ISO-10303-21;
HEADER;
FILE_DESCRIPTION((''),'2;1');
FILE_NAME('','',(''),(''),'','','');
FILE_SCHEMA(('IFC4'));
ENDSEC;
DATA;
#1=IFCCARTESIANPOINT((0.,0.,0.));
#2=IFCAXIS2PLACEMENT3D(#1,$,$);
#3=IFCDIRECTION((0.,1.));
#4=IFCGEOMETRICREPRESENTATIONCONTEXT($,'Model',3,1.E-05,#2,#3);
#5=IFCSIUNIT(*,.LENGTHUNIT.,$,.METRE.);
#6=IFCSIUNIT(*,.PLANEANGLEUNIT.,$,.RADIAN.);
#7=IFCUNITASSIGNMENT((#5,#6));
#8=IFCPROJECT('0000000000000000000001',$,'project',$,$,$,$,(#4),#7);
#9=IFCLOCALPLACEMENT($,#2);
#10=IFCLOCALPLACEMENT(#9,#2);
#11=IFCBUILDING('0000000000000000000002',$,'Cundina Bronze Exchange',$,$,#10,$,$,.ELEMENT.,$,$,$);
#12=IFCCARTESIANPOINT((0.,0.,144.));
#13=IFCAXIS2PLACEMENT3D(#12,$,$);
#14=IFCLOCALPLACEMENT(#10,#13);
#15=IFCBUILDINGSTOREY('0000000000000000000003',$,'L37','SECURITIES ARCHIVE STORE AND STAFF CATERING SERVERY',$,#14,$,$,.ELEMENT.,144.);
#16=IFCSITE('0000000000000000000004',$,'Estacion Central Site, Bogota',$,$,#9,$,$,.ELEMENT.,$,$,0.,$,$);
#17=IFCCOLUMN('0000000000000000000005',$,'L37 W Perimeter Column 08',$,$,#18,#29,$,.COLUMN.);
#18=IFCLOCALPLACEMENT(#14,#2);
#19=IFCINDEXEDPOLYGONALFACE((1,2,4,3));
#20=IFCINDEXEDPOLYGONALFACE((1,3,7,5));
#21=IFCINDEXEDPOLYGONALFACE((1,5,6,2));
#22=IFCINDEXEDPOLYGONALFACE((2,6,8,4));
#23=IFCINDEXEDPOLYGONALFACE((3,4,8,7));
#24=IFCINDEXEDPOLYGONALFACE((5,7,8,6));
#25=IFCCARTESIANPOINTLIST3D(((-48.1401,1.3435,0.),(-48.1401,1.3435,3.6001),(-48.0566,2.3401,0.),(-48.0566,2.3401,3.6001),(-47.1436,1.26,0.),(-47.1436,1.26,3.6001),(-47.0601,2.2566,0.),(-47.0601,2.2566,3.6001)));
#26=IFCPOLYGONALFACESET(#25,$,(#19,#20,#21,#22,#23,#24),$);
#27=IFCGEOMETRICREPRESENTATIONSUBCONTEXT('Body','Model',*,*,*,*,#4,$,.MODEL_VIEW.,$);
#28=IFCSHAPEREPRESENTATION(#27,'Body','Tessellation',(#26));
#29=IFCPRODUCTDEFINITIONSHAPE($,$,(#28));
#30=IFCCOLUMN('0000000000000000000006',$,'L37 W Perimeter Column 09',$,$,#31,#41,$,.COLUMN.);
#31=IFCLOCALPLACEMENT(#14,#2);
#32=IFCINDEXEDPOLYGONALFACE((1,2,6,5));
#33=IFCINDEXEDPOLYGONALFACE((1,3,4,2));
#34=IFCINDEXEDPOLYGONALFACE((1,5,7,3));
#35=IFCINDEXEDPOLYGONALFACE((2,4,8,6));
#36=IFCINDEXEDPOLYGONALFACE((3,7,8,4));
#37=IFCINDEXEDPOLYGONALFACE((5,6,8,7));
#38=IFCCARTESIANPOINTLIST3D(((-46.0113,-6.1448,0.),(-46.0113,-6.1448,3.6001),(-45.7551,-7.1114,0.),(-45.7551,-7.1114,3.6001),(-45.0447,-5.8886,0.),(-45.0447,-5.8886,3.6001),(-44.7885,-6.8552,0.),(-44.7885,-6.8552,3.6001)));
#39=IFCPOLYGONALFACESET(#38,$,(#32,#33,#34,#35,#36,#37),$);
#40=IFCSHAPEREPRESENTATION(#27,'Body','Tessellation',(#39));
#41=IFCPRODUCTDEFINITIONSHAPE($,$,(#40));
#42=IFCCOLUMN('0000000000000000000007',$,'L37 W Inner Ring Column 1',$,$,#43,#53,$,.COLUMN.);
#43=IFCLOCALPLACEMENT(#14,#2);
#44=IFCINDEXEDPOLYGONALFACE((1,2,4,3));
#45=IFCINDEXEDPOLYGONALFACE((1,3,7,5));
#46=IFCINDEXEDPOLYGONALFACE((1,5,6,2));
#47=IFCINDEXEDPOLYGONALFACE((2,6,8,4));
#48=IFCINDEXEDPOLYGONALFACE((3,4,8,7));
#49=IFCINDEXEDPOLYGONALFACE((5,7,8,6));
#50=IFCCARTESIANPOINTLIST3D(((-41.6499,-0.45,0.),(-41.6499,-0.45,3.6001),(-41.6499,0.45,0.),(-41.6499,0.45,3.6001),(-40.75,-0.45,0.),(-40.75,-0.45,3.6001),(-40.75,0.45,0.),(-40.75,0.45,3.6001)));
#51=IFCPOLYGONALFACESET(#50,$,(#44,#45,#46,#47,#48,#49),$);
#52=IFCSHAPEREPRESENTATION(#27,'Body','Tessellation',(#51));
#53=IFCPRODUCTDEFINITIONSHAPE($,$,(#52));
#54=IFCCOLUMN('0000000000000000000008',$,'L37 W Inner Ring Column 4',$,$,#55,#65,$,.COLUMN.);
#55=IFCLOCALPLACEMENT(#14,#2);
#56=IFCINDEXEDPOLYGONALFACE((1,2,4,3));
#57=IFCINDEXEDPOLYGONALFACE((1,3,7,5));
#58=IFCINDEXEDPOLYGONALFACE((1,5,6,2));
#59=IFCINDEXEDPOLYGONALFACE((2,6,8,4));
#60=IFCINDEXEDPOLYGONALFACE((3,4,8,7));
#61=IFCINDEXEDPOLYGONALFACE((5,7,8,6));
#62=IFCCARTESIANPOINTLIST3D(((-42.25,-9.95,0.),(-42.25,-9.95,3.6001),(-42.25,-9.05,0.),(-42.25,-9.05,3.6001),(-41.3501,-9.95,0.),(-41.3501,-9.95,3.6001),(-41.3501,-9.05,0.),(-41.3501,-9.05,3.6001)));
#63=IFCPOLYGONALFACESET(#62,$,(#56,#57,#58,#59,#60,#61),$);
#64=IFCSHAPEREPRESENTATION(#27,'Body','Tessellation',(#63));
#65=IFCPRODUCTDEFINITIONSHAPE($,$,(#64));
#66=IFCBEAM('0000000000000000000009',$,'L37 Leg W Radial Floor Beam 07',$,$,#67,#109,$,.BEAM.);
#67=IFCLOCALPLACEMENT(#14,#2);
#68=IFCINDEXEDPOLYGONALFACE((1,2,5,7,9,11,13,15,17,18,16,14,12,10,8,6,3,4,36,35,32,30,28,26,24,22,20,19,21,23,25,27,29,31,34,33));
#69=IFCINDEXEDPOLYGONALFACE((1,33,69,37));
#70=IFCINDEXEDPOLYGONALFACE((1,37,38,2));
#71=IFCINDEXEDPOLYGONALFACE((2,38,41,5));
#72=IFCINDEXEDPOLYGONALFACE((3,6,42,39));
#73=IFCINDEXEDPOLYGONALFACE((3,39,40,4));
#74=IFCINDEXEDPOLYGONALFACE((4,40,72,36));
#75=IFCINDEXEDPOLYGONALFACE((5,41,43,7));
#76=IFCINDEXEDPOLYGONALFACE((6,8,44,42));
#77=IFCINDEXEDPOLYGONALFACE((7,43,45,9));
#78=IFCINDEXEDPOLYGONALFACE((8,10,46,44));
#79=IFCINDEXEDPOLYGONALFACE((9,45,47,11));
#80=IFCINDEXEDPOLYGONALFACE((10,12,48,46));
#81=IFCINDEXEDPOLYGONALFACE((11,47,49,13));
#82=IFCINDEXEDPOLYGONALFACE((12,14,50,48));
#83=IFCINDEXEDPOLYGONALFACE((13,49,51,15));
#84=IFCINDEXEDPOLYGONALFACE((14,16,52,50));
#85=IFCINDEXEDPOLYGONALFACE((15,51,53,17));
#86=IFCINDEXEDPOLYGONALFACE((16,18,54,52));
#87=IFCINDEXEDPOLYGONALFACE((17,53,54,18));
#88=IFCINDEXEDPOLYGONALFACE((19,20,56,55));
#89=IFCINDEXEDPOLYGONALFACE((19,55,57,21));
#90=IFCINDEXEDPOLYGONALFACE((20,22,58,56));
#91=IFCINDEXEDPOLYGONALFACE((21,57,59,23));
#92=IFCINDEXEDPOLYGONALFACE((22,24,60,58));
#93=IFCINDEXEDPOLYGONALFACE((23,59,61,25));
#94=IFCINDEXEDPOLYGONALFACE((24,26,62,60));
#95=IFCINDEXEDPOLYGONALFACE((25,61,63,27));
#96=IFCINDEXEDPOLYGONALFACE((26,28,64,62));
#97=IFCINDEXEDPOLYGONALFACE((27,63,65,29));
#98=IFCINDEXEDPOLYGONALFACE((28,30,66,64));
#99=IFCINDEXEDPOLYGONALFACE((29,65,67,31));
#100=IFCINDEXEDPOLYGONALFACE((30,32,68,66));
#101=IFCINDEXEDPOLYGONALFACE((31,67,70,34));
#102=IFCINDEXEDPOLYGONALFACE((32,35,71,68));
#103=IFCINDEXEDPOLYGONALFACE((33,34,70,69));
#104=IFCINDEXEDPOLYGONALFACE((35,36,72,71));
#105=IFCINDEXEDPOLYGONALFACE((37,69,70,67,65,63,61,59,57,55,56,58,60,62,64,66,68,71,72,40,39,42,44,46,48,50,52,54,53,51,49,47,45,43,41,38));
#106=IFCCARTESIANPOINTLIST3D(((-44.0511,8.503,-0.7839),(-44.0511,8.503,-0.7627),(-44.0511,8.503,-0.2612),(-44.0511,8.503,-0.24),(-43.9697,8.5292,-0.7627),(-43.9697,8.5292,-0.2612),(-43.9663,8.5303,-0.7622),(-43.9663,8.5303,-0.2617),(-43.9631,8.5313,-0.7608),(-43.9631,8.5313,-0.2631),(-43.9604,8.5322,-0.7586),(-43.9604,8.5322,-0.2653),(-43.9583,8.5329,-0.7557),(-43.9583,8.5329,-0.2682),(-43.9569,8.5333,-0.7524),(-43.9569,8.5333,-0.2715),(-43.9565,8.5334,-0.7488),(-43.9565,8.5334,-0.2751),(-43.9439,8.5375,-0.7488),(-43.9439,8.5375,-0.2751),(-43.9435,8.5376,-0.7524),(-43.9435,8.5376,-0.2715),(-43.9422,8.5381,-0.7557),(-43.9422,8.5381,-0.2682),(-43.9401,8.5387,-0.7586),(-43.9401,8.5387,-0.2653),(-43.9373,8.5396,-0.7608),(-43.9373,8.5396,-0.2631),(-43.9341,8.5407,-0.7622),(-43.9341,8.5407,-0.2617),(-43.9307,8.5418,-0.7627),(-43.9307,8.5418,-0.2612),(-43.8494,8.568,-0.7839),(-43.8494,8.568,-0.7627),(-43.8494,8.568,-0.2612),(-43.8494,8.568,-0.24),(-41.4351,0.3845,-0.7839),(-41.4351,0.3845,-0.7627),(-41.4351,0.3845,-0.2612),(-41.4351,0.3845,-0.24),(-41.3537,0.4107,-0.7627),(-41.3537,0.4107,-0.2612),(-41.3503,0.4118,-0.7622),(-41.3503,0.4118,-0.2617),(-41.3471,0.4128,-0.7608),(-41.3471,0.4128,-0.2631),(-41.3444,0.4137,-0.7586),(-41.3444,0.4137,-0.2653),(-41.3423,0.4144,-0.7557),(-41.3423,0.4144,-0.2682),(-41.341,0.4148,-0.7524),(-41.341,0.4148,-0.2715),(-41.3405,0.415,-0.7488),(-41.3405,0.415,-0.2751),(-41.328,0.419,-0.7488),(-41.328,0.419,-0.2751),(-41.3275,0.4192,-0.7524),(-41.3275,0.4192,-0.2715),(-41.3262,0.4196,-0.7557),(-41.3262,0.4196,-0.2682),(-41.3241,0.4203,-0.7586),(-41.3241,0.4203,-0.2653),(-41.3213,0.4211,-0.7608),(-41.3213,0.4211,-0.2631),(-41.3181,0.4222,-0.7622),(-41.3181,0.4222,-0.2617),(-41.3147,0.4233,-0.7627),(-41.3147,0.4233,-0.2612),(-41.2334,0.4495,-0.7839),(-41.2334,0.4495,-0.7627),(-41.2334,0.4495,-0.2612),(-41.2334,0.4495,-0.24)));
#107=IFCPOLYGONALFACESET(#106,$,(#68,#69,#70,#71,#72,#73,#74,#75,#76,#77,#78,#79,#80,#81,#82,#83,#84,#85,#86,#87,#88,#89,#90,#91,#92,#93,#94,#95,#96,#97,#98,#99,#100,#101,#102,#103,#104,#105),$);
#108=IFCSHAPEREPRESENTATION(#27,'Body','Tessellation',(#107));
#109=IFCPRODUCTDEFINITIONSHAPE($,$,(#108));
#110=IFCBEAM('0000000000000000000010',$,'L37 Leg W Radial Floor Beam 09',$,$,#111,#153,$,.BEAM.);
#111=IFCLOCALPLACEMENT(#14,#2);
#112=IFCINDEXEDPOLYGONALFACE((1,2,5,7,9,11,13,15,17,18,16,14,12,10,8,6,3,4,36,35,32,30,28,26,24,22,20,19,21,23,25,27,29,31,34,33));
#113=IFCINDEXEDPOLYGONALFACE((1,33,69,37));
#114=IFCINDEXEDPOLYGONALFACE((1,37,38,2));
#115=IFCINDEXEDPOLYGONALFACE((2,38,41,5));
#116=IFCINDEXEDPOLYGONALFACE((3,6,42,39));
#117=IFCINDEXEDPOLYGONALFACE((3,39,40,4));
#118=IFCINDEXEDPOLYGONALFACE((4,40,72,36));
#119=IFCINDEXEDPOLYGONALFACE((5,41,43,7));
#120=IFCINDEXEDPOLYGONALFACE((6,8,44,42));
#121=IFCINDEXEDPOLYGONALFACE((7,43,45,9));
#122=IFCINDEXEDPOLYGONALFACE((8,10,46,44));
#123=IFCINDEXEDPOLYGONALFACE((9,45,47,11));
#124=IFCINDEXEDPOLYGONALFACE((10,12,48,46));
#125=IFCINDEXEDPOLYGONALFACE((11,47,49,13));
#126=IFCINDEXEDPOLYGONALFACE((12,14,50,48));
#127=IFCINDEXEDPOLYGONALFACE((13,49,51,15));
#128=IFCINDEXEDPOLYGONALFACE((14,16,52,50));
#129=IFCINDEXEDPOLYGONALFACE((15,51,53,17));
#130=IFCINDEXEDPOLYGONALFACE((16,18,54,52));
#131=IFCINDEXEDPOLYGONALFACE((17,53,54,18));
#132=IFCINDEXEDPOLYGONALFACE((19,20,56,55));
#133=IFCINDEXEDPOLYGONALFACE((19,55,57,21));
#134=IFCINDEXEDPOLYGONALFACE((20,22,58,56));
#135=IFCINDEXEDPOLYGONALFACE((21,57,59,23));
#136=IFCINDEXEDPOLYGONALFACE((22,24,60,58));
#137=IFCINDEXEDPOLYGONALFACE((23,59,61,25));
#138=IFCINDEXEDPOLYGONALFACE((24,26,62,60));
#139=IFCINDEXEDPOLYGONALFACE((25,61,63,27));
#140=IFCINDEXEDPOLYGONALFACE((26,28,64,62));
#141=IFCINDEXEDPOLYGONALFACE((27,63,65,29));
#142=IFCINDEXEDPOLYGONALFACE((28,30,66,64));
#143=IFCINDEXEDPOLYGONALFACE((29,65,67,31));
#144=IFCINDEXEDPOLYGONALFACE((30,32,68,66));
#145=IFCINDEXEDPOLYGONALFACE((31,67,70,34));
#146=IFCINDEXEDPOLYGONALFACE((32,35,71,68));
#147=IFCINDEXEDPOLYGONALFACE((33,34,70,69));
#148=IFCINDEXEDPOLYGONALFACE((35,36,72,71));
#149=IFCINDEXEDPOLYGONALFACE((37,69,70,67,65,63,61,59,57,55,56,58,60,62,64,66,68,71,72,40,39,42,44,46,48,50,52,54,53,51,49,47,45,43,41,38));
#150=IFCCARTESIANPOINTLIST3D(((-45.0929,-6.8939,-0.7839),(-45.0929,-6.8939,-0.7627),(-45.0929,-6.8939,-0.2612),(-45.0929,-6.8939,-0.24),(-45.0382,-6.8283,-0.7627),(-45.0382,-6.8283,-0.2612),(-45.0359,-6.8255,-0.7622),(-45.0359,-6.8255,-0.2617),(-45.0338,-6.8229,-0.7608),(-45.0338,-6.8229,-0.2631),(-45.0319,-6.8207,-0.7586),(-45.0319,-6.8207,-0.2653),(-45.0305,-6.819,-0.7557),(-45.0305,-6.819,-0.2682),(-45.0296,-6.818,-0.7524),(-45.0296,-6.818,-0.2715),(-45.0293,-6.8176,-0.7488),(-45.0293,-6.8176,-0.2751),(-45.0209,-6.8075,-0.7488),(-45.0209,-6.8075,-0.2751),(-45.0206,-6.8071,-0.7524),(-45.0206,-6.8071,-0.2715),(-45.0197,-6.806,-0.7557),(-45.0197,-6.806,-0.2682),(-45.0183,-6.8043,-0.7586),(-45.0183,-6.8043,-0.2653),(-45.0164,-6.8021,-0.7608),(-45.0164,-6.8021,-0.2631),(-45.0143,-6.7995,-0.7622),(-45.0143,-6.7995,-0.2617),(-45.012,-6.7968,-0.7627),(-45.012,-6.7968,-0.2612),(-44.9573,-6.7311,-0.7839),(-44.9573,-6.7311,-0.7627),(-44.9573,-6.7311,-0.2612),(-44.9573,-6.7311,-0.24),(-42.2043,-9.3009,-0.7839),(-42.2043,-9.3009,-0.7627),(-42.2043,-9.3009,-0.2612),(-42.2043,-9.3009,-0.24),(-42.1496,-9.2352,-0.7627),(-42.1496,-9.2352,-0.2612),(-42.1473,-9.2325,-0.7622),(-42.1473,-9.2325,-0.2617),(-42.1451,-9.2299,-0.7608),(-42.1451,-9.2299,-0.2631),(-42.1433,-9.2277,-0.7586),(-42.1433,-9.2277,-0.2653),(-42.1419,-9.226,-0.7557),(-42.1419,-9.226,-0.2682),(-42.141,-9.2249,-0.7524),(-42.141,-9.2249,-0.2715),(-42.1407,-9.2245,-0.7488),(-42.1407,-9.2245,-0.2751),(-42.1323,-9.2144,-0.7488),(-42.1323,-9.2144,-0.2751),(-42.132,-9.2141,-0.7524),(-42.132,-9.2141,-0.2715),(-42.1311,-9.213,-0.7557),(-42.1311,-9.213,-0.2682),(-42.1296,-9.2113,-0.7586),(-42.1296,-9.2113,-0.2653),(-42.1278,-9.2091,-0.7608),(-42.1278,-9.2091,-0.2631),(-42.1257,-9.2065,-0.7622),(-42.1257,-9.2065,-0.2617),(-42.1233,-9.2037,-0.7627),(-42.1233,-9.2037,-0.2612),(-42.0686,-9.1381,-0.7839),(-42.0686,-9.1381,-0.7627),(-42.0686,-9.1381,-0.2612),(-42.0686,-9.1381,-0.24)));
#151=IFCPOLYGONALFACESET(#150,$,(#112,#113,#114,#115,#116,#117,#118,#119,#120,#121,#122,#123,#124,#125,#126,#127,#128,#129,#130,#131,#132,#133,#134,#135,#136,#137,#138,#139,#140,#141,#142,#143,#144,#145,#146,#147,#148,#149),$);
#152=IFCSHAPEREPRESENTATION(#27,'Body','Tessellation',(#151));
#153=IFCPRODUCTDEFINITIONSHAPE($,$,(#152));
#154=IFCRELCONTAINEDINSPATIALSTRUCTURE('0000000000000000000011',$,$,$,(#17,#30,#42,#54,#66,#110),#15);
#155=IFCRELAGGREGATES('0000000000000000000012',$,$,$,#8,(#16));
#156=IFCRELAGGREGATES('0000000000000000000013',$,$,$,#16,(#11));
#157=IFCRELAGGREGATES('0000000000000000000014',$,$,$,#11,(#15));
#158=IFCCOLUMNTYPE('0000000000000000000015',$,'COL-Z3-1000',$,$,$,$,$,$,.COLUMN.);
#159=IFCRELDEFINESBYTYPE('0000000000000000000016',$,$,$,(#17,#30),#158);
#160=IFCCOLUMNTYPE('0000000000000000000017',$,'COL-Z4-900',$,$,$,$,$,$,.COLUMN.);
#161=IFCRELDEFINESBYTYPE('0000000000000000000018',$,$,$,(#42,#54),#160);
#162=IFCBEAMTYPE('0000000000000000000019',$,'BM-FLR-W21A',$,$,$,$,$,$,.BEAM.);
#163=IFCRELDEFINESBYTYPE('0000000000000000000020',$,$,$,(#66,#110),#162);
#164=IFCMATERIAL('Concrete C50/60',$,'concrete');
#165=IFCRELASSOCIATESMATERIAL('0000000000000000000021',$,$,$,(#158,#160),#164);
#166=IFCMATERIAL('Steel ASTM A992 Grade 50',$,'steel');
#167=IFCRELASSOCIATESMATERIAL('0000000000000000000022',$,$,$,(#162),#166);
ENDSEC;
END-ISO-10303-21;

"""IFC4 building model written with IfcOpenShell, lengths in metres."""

from ifc_helpers import new_model, si_unit, direction, frame, origin, origin_2d, place, context, subcontext, project, spatial, rectangle, i_section, extrude, material, material_profile, profile_set, type_object, element, save


model = new_model("IFC4")

# Units and contexts
model_context = context("Model", 3, precision=1e-05, world=origin(), true_north=direction((0.0, 1.0)))
body_context = subcontext(model_context, "Body", "Model", "MODEL_VIEW")
ifc_project = project(units=[si_unit("LENGTHUNIT", "METRE"), si_unit("PLANEANGLEUNIT", "RADIAN")], contexts=[model_context])

# Site, building, storey
site_placement = place(None, origin())
site = spatial("IfcSite", under=ifc_project, at=site_placement, Name="Estacion Central Site, Bogota", CompositionType="ELEMENT", RefElevation=0.0)
building_placement = place(site_placement, origin())
building = spatial("IfcBuilding", under=site, at=building_placement, Name="Cundina Bronze Exchange", CompositionType="ELEMENT")
storey_placement = place(building_placement, frame((0.0, 0.0, 144.0)))
storey = spatial("IfcBuildingStorey", under=building, at=storey_placement, Name="L37", Description="SECURITIES ARCHIVE STORE AND STAFF CATERING SERVERY", CompositionType="ELEMENT", Elevation=144.0)

# Columns
ifc_material_1 = material(Name="Concrete C50/60", Category="concrete")
ifc_material_profile_1 = material_profile(ifc_material_1, rectangle(XDim=1.0, YDim=1.0, at=origin_2d()), Name="RC1000X1000", Category="concrete")
ifc_profile_set_1 = profile_set([ifc_material_profile_1], Name="Concrete C50/60")
column_type_1 = type_object("IfcColumnType", Name="COL-Z3-1000", PredefinedType="COLUMN", material=ifc_profile_set_1)
for number, where, z_axis, x_axis, name in (
    (1, (-47.6001, 1.8, 0.0), (0.0, 0.0, 1.0), (-0.083504, -0.996507, 0.0), "L37 W Perimeter Column 08"),
    (2, (-45.3999, -6.5, 0.0), (0.0, 0.0, 1.0), (0.256289, -0.9666, 0.0), "L37 W Perimeter Column 09"),
):
    element("IfcColumn", number, at=place(storey_placement, frame(where, z_axis=z_axis, x_axis=x_axis)), inside=storey, type_object=column_type_1, Name=name, PredefinedType="COLUMN", context=body_context, shape_type="SweptSolid", body=[
        extrude(rectangle(XDim=1.0, YDim=1.0, at=origin_2d()), origin(), (0.0, 0.0, 1.0), 3.6001),
    ])
ifc_material_profile_2 = material_profile(ifc_material_1, rectangle(XDim=0.8999, YDim=0.8999, at=origin_2d()), Name="RC900X900", Category="concrete")
ifc_profile_set_2 = profile_set([ifc_material_profile_2], Name="Concrete C50/60")
column_type_2 = type_object("IfcColumnType", Name="COL-Z4-900", PredefinedType="COLUMN", material=ifc_profile_set_2)
for number, where, z_axis, x_axis, name in (
    (3, (-41.2, 0.0, 0.0), (0.0, 0.0, 1.0), (1.0, 0.0, 0.0), "L37 W Inner Ring Column 1"),
    (4, (-41.8, -9.5, 0.0), (0.0, 0.0, 1.0), (1.0, 0.0, 0.0), "L37 W Inner Ring Column 4"),
):
    element("IfcColumn", number, at=place(storey_placement, frame(where, z_axis=z_axis, x_axis=x_axis)), inside=storey, type_object=column_type_2, Name=name, PredefinedType="COLUMN", context=body_context, shape_type="SweptSolid", body=[
        extrude(rectangle(XDim=0.8999, YDim=0.8999, at=origin_2d()), origin(), (0.0, 0.0, 1.0), 3.6001),
    ])

# Beams
ifc_material_2 = material(Name="Steel ASTM A992 Grade 50", Category="steel")
ifc_material_profile_3 = material_profile(ifc_material_2, i_section(OverallWidth=0.2119, OverallDepth=0.5439, WebThickness=0.0132, FlangeThickness=0.0212, FilletRadius=0.0139, at=origin_2d()), Name="W21X83", Category="steel")
ifc_profile_set_3 = profile_set([ifc_material_profile_3], Name="Steel ASTM A992 Grade 50")
beam_type_1 = type_object("IfcBeamType", Name="BM-FLR-W21A", PredefinedType="BEAM", material=ifc_profile_set_3)
beam_1_placement = place(storey_placement, frame((-41.3342, 0.417, -0.512), z_axis=(-0.306698, 0.951807, 0.0), x_axis=(-0.951807, -0.306698, 0.0)))
element("IfcBeam", 5, at=beam_1_placement, inside=storey, type_object=beam_type_1, Name="L37 Leg W Radial Floor Beam 07", PredefinedType="BEAM", context=body_context, shape_type="SweptSolid", body=[
    extrude(i_section(OverallWidth=0.2119, OverallDepth=0.5439, WebThickness=0.0132, FlangeThickness=0.0212, FilletRadius=0.0139, at=origin_2d()), origin(), (0.0, 0.0, 1.0), 8.5295),
])
beam_2_placement = place(storey_placement, frame((-42.1365, -9.2195, -0.512), z_axis=(-0.768253, 0.640146, 0.0), x_axis=(-0.640146, -0.768253, 0.0)))
element("IfcBeam", 6, at=beam_2_placement, inside=storey, type_object=beam_type_1, Name="L37 Leg W Radial Floor Beam 09", PredefinedType="BEAM", context=body_context, shape_type="SweptSolid", body=[
    extrude(i_section(OverallWidth=0.2119, OverallDepth=0.5439, WebThickness=0.0132, FlangeThickness=0.0212, FilletRadius=0.0139, at=origin_2d()), origin(), (0.0, 0.0, 1.0), 3.76),
])

save(model, "model.ifc")
